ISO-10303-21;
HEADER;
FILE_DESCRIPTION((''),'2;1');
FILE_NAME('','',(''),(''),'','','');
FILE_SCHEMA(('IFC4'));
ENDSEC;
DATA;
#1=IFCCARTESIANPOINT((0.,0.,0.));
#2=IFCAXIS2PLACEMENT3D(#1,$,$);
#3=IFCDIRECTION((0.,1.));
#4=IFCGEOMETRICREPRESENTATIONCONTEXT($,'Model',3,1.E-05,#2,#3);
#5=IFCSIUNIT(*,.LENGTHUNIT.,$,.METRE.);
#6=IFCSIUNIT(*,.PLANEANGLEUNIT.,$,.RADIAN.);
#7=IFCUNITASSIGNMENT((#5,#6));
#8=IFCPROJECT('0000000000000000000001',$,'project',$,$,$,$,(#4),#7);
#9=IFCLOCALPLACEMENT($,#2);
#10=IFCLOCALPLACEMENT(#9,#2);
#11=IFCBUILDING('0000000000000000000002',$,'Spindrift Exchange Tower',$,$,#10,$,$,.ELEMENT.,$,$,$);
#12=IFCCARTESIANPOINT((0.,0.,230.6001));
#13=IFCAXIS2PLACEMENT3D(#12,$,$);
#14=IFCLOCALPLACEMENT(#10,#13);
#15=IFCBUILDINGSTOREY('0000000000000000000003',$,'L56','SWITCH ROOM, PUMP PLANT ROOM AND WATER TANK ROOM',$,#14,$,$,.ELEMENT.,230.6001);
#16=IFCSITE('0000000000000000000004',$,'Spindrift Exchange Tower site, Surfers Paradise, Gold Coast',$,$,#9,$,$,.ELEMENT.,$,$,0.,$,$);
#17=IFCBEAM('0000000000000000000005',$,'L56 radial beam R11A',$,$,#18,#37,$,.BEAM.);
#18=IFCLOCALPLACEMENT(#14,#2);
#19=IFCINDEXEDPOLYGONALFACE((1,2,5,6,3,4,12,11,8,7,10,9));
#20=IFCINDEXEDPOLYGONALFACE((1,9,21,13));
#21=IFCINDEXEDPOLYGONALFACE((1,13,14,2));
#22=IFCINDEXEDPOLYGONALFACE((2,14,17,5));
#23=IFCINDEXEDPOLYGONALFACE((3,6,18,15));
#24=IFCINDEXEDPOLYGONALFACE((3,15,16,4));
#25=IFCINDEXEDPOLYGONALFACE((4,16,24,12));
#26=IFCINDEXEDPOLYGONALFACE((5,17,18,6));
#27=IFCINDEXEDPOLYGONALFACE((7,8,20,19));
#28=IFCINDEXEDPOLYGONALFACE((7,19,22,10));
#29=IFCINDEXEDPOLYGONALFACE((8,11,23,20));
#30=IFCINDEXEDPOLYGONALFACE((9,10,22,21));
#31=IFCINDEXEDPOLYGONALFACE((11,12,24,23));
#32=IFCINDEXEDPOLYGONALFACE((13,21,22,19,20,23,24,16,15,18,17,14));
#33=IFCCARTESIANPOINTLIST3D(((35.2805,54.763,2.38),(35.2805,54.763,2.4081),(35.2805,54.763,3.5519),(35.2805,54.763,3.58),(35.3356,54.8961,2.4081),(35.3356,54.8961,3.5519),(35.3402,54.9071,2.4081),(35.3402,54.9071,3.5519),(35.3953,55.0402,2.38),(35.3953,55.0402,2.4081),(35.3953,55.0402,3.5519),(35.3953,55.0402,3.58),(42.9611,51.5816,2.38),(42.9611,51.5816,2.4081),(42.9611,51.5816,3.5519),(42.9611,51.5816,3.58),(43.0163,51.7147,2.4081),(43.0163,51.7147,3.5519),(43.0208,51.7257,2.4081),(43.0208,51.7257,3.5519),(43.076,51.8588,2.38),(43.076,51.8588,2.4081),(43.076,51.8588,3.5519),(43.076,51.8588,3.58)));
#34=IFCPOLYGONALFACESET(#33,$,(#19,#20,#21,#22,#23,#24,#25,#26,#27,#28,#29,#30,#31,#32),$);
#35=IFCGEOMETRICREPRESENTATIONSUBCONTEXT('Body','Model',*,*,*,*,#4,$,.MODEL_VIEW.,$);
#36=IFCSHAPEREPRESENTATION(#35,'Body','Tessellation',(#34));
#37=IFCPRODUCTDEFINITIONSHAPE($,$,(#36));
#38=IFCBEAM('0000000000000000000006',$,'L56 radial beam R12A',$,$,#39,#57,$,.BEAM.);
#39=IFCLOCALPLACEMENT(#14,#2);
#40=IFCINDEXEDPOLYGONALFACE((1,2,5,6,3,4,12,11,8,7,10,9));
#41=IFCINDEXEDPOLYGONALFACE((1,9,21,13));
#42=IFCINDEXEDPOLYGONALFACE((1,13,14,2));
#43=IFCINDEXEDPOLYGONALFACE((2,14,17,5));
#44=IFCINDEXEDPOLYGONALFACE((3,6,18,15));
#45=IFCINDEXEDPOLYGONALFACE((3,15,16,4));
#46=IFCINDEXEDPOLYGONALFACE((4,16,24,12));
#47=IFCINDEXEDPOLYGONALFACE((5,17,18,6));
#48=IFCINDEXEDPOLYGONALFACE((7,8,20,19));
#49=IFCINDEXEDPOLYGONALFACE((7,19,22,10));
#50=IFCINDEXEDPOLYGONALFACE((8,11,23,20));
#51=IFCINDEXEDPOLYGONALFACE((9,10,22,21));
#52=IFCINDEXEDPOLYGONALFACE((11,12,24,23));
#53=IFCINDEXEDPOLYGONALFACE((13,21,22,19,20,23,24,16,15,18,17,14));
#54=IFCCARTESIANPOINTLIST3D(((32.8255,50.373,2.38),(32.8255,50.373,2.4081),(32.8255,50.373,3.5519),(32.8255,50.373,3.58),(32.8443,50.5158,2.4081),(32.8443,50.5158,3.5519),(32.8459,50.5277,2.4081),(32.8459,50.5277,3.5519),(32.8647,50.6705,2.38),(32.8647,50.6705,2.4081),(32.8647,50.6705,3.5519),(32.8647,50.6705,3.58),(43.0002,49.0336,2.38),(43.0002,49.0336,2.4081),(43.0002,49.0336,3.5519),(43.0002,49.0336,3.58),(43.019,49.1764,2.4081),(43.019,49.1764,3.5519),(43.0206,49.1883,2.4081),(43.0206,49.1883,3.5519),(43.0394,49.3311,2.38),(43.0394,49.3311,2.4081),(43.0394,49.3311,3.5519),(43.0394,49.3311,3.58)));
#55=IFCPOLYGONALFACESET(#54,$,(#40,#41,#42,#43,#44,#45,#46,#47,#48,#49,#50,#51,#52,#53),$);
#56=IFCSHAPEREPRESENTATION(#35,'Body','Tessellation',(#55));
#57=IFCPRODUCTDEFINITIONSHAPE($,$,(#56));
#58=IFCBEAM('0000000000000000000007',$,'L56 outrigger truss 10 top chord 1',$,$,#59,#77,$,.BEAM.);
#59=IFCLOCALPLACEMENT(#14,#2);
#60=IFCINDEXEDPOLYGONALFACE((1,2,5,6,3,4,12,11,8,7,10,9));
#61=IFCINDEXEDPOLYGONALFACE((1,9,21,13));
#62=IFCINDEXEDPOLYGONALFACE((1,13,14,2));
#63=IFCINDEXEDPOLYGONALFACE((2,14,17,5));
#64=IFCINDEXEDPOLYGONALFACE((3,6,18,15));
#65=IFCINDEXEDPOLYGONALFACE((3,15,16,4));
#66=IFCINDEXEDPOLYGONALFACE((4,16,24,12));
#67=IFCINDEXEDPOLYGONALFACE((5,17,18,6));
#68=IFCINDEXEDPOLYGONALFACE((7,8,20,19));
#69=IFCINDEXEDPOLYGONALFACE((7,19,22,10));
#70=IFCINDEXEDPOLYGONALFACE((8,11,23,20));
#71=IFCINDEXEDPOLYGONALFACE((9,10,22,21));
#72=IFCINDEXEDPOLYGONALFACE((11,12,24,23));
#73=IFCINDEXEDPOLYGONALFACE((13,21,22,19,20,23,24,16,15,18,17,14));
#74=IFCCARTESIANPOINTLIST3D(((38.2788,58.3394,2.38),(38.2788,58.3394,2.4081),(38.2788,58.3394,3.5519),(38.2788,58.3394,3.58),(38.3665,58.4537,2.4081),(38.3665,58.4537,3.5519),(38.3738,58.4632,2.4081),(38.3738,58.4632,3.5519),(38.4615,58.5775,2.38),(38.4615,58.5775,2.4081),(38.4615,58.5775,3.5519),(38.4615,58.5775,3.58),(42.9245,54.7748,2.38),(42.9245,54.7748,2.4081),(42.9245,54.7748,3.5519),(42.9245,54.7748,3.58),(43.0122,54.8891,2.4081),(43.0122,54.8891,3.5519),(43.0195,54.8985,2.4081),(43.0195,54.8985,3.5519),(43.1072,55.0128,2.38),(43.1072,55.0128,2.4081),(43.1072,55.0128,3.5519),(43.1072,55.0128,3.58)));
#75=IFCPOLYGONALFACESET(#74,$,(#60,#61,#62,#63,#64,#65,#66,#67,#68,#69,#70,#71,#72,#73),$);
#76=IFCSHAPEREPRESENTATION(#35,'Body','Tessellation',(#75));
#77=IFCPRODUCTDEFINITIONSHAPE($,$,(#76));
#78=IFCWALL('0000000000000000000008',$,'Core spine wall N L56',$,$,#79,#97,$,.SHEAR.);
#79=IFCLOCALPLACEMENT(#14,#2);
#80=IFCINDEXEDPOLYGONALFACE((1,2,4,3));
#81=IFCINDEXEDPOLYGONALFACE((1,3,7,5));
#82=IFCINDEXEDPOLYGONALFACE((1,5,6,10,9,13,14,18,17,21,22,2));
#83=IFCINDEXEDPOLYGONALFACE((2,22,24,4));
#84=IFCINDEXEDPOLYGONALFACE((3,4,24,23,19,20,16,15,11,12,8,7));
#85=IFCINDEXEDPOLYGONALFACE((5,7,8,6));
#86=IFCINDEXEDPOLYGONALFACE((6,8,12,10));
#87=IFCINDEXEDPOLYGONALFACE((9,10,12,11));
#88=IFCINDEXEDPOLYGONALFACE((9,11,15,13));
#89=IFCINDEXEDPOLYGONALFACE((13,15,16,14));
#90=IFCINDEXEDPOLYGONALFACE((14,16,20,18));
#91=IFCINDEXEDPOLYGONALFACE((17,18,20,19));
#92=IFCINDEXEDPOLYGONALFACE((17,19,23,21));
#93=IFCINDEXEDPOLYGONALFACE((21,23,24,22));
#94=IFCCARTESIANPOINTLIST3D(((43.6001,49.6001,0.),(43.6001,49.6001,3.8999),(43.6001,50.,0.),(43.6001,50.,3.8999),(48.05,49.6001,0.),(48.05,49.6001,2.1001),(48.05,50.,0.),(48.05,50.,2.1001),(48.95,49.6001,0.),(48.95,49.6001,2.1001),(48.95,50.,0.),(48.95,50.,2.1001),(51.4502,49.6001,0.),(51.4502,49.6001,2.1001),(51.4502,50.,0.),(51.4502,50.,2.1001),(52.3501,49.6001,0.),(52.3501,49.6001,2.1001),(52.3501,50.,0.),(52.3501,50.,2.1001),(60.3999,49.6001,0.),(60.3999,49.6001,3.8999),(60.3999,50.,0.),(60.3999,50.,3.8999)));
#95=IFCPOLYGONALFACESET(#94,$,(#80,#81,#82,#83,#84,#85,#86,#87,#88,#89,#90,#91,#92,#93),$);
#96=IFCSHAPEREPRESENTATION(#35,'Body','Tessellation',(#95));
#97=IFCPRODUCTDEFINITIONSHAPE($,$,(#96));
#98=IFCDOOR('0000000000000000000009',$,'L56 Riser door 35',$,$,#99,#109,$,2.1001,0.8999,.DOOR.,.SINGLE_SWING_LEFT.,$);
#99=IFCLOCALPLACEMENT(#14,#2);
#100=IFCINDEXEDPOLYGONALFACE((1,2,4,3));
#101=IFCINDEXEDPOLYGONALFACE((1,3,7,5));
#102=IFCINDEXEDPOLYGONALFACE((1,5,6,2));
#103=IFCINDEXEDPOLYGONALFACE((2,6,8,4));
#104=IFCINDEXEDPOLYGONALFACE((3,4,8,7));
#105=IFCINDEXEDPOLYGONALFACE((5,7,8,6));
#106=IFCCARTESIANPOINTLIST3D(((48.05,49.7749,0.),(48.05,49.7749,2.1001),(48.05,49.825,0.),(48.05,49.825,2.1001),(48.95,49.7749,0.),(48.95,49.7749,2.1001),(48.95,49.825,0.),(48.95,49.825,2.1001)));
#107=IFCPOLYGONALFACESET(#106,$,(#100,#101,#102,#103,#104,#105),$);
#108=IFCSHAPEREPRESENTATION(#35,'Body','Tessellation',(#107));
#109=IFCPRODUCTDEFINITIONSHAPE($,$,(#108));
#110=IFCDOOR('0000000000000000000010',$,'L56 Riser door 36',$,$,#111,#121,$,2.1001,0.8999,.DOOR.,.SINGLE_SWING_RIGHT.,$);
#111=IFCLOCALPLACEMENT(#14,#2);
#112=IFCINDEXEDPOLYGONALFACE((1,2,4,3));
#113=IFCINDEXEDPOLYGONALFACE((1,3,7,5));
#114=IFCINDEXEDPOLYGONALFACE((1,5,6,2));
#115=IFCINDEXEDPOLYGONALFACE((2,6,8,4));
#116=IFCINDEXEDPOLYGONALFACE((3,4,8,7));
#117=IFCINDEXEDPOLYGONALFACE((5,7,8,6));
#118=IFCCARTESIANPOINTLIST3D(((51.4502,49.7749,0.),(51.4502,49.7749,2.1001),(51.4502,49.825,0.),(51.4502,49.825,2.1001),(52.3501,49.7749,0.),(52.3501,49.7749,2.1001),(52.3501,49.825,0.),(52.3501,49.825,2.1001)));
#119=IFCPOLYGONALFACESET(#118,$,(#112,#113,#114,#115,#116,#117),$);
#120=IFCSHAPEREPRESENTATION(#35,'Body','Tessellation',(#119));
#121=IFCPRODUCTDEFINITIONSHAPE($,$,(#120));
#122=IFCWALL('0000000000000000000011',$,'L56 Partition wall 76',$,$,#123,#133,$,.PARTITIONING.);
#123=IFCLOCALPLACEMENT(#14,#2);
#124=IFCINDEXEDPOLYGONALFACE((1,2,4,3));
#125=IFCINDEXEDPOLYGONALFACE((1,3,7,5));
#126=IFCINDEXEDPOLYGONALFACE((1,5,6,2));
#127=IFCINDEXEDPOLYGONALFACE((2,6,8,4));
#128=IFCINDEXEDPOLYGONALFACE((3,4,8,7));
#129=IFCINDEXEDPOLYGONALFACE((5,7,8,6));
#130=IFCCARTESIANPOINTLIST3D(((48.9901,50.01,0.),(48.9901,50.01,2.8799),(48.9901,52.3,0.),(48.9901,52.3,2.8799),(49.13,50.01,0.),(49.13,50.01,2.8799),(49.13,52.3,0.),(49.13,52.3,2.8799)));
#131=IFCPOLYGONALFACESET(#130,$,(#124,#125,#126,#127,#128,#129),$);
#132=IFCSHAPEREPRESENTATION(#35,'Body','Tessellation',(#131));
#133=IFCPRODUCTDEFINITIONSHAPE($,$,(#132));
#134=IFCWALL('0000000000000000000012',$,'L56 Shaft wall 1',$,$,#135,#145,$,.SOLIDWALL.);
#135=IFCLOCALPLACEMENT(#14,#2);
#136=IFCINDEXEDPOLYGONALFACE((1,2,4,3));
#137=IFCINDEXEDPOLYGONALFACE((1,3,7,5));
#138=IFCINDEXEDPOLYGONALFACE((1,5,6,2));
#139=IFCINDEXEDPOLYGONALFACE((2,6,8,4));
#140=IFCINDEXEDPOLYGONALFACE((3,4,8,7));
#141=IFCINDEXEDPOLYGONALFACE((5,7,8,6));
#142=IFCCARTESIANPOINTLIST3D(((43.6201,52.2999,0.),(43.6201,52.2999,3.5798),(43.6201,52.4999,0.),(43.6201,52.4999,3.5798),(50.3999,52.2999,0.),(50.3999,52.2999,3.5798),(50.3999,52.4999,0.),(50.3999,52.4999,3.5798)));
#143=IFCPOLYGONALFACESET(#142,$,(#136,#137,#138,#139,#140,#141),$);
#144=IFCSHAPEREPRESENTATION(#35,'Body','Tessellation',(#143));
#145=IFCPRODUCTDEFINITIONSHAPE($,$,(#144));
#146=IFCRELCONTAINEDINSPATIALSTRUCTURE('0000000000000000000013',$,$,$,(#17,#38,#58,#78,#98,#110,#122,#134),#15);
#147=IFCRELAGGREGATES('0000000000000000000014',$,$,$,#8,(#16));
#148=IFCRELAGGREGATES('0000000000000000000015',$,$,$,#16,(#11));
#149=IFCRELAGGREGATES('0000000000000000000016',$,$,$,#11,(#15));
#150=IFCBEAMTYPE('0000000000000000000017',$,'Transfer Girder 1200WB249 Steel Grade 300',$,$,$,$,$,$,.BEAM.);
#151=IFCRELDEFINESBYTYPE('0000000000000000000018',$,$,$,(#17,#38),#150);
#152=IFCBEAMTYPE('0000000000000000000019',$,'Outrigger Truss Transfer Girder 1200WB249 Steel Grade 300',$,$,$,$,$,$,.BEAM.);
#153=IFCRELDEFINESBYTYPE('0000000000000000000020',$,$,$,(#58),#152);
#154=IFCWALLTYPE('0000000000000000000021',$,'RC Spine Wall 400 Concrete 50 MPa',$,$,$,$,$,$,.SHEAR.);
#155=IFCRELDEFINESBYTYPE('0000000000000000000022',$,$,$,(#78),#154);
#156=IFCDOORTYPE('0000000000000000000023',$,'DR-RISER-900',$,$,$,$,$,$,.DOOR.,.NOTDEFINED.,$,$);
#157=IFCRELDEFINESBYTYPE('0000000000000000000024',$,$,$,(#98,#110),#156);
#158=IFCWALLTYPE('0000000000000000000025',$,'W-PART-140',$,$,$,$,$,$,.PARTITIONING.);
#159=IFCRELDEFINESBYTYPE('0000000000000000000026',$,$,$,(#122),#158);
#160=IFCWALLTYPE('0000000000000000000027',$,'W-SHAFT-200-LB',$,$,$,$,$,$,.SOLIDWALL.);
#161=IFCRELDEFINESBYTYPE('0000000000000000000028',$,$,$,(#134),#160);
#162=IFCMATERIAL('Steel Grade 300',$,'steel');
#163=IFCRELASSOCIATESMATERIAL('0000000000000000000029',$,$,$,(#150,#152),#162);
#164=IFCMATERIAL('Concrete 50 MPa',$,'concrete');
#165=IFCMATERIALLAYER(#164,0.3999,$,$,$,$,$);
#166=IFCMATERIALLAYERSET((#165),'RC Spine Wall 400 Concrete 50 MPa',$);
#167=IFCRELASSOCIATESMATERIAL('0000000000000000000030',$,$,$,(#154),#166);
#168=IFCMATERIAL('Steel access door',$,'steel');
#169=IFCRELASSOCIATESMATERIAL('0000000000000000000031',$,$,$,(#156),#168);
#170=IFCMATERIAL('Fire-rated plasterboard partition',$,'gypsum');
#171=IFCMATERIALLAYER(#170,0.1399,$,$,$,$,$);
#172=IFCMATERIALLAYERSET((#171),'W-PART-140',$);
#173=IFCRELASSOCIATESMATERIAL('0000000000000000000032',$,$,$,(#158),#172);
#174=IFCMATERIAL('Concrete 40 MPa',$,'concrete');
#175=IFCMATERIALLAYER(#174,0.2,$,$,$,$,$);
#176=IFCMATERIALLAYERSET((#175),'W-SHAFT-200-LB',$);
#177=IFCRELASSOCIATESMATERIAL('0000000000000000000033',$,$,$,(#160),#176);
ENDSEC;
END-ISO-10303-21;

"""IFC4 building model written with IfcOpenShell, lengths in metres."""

from ifc_helpers import new_model, si_unit, direction, frame, frame_2d, origin, origin_2d, place, context, subcontext, project, spatial, rectangle, i_section, extrude, source, transform, mapped, material, layer, layer_set, material_profile, profile_set, type_object, element, fill, save


model = new_model("IFC4")

# Units and contexts
model_context = context("Model", 3, precision=1e-05, world=origin(), true_north=direction((0.0, 1.0)))
body_context = subcontext(model_context, "Body", "Model", "MODEL_VIEW")
ifc_project = project(units=[si_unit("LENGTHUNIT", "METRE"), si_unit("PLANEANGLEUNIT", "RADIAN")], contexts=[model_context])

# Site, building, storey
site_placement = place(None, origin())
site = spatial("IfcSite", under=ifc_project, at=site_placement, Name="Spindrift Exchange Tower site, Surfers Paradise, Gold Coast", CompositionType="ELEMENT", RefElevation=0.0)
building_placement = place(site_placement, origin())
building = spatial("IfcBuilding", under=site, at=building_placement, Name="Spindrift Exchange Tower", CompositionType="ELEMENT")
storey_placement = place(building_placement, frame((0.0, 0.0, 230.6001)))
storey = spatial("IfcBuildingStorey", under=building, at=storey_placement, Name="L56", Description="SWITCH ROOM, PUMP PLANT ROOM AND WATER TANK ROOM", CompositionType="ELEMENT", Elevation=230.6001)

# Beams
ifc_material_1 = material(Name="Steel Grade 300", Category="steel")
ifc_material_profile_1 = material_profile(ifc_material_1, i_section(OverallWidth=0.3, OverallDepth=1.2, WebThickness=0.012, FlangeThickness=0.0281, at=origin_2d()), Name="1200WB249")
ifc_profile_set_1 = profile_set([ifc_material_profile_1], Name="Steel Grade 300")
beam_type_1 = type_object("IfcBeamType", Name="Transfer Girder 1200WB249 Steel Grade 300", PredefinedType="BEAM", material=ifc_profile_set_1)
shared_shape_1 = source(origin(), body_context, "Body", "SweptSolid", [
    extrude(i_section(OverallWidth=0.3, OverallDepth=1.2, WebThickness=0.012, FlangeThickness=0.0281, at=origin_2d()), origin(), (0.0, 0.0, 1.0), 8.3135),
])
beam_1_placement = place(storey_placement, frame((43.0186, 51.7202, 2.98), z_axis=(-0.923881, 0.382679, 0.0), x_axis=(-0.382679, -0.923881, 0.0)))
element("IfcBeam", 1, at=beam_1_placement, inside=storey, type_object=beam_type_1, Name="L56 radial beam R11A", PredefinedType="BEAM", context=body_context, shape_type="MappedRepresentation", body=[
    mapped(shared_shape_1, transform((0.0, 0.0, 0.0), scale=1.0)),
])
shared_shape_2 = source(origin(), body_context, "Body", "SweptSolid", [
    extrude(i_section(OverallWidth=0.3, OverallDepth=1.2, WebThickness=0.012, FlangeThickness=0.0281, at=origin_2d()), origin(), (0.0, 0.0, 1.0), 10.2625),
])
beam_2_placement = place(storey_placement, frame((43.0198, 49.1824, 2.98), z_axis=(-0.991447, 0.130512, 0.0), x_axis=(-0.130512, -0.991447, 0.0)))
element("IfcBeam", 2, at=beam_2_placement, inside=storey, type_object=beam_type_1, Name="L56 radial beam R12A", PredefinedType="BEAM", context=body_context, shape_type="MappedRepresentation", body=[
    mapped(shared_shape_2, transform((0.0, 0.0, 0.0), scale=1.0)),
])
ifc_material_profile_2 = material_profile(ifc_material_1, i_section(OverallWidth=0.3, OverallDepth=1.2, WebThickness=0.012, FlangeThickness=0.0281, at=origin_2d()), Name="1200WB249")
ifc_profile_set_2 = profile_set([ifc_material_profile_2], Name="Steel Grade 300")
beam_type_2 = type_object("IfcBeamType", Name="Outrigger Truss Transfer Girder 1200WB249 Steel Grade 300", PredefinedType="BEAM", material=ifc_profile_set_2)
shared_shape_3 = source(origin(), body_context, "Body", "SweptSolid", [
    extrude(i_section(OverallWidth=0.3, OverallDepth=1.2, WebThickness=0.012, FlangeThickness=0.0281, at=origin_2d()), origin(), (0.0, 0.0, 1.0), 5.8557),
])
beam_3_placement = place(storey_placement, frame((43.0159, 54.8938, 2.98), z_axis=(-0.793363, 0.608749, 0.0), x_axis=(-0.608749, -0.793363, 0.0)))
element("IfcBeam", 3, at=beam_3_placement, inside=storey, type_object=beam_type_2, Name="L56 outrigger truss 10 top chord 1", PredefinedType="BEAM", context=body_context, shape_type="MappedRepresentation", body=[
    mapped(shared_shape_3, transform((0.0, 0.0, 0.0), scale=1.0)),
])

# Wall, openings, doors
ifc_material_2 = material(Name="Concrete 50 MPa", Category="concrete")
ifc_layer_1 = layer(ifc_material_2, 0.3999)
ifc_layer_set_1 = layer_set([ifc_layer_1], Name="RC Spine Wall 400 Concrete 50 MPa")
wall_type_1 = type_object("IfcWallType", Name="RC Spine Wall 400 Concrete 50 MPa", PredefinedType="SHEAR", material=ifc_layer_set_1)
wall_1_placement = place(storey_placement, frame((43.6001, 49.8, 0.0), z_axis=(0.0, 0.0, 1.0), x_axis=(1.0, 0.0, 0.0)))
wall_1 = element("IfcWall", 4, at=wall_1_placement, inside=storey, type_object=wall_type_1, Name="Core spine wall N L56", PredefinedType="SHEAR", context=body_context, shape_type="SweptSolid", body=[
    extrude(rectangle(XDim=16.7998, YDim=0.3999, at=frame_2d((8.3999, 0.0))), origin(), (0.0, 0.0, 1.0), 3.8999),
])
opening_1_placement = place(wall_1_placement, frame((4.45, 0.0, 0.0)))
opening_1 = element("IfcOpeningElement", 5, at=opening_1_placement, cuts=wall_1, PredefinedType="OPENING", context=body_context, shape_type="SweptSolid", body=[
    extrude(rectangle(XDim=0.8999, YDim=2.1001, at=frame_2d((0.45, 1.05))), frame((0.0, 0.21, 0.0), z_axis=(0.0, -1.0, 0.0), x_axis=(1.0, 0.0, 0.0)), (0.0, 0.0, 1.0), 0.4199),
])
opening_2_placement = place(wall_1_placement, frame((7.8501, 0.0, 0.0)))
opening_2 = element("IfcOpeningElement", 6, at=opening_2_placement, cuts=wall_1, PredefinedType="OPENING", context=body_context, shape_type="SweptSolid", body=[
    extrude(rectangle(XDim=0.8999, YDim=2.1001, at=frame_2d((0.45, 1.05))), frame((0.0, 0.21, 0.0), z_axis=(0.0, -1.0, 0.0), x_axis=(1.0, 0.0, 0.0)), (0.0, 0.0, 1.0), 0.4199),
])
ifc_material_3 = material(Name="Steel access door", Category="steel")
door_type_1 = type_object("IfcDoorType", Name="DR-RISER-900", OperationType="NOTDEFINED", PredefinedType="DOOR", material=ifc_material_3)
shared_shape_4 = source(origin(), body_context, "Body", "SweptSolid", [
    extrude(rectangle(XDim=0.8999, YDim=2.1001, at=frame_2d((0.45, 1.05))), frame((0.0, 0.0249, 0.0), z_axis=(0.0, -1.0, 0.0), x_axis=(1.0, 0.0, 0.0)), (0.0, 0.0, 1.0), 0.05),
])
door_1_placement = place(opening_1_placement, origin())
door_1 = element("IfcDoor", 7, at=door_1_placement, inside=storey, type_object=door_type_1, Name="L56 Riser door 35", OperationType="SINGLE_SWING_LEFT", OverallHeight=2.1001, OverallWidth=0.8999, PredefinedType="DOOR", context=body_context, shape_type="MappedRepresentation", body=[
    mapped(shared_shape_4, transform((0.0, 0.0, 0.0), scale=1.0)),
])
fill(opening_1, door_1)
door_2_placement = place(opening_2_placement, origin())
door_2 = element("IfcDoor", 8, at=door_2_placement, inside=storey, type_object=door_type_1, Name="L56 Riser door 36", OperationType="SINGLE_SWING_RIGHT", OverallHeight=2.1001, OverallWidth=0.8999, PredefinedType="DOOR", context=body_context, shape_type="MappedRepresentation", body=[
    mapped(shared_shape_4, transform((0.0, 0.0, 0.0), scale=1.0)),
])
fill(opening_2, door_2)

# Walls
ifc_material_4 = material(Name="Fire-rated plasterboard partition", Category="gypsum")
ifc_layer_2 = layer(ifc_material_4, 0.1399)
ifc_layer_set_2 = layer_set([ifc_layer_2], Name="W-PART-140")
wall_type_2 = type_object("IfcWallType", Name="W-PART-140", PredefinedType="PARTITIONING", material=ifc_layer_set_2)
wall_2_placement = place(storey_placement, frame((49.0601, 50.01, 0.0), z_axis=(0.0, 0.0, 1.0), x_axis=(0.0, 1.0, 0.0)))
element("IfcWall", 9, at=wall_2_placement, inside=storey, type_object=wall_type_2, Name="L56 Partition wall 76", PredefinedType="PARTITIONING", context=body_context, shape_type="SweptSolid", body=[
    extrude(rectangle(XDim=2.29, YDim=0.1399, at=frame_2d((1.145, 0.0))), origin(), (0.0, 0.0, 1.0), 2.8799),
])
ifc_material_5 = material(Name="Concrete 40 MPa", Category="concrete")
ifc_layer_3 = layer(ifc_material_5, 0.2)
ifc_layer_set_3 = layer_set([ifc_layer_3], Name="W-SHAFT-200-LB")
wall_type_3 = type_object("IfcWallType", Name="W-SHAFT-200-LB", PredefinedType="SOLIDWALL", material=ifc_layer_set_3)
wall_3_placement = place(storey_placement, frame((43.6201, 52.3999, 0.0), z_axis=(0.0, 0.0, 1.0), x_axis=(1.0, 0.0, 0.0)))
element("IfcWall", 10, at=wall_3_placement, inside=storey, type_object=wall_type_3, Name="L56 Shaft wall 1", PredefinedType="SOLIDWALL", context=body_context, shape_type="SweptSolid", body=[
    extrude(rectangle(XDim=6.7798, YDim=0.2, at=frame_2d((3.3899, 0.0))), origin(), (0.0, 0.0, 1.0), 3.5798),
])

save(model, "model.ifc")
